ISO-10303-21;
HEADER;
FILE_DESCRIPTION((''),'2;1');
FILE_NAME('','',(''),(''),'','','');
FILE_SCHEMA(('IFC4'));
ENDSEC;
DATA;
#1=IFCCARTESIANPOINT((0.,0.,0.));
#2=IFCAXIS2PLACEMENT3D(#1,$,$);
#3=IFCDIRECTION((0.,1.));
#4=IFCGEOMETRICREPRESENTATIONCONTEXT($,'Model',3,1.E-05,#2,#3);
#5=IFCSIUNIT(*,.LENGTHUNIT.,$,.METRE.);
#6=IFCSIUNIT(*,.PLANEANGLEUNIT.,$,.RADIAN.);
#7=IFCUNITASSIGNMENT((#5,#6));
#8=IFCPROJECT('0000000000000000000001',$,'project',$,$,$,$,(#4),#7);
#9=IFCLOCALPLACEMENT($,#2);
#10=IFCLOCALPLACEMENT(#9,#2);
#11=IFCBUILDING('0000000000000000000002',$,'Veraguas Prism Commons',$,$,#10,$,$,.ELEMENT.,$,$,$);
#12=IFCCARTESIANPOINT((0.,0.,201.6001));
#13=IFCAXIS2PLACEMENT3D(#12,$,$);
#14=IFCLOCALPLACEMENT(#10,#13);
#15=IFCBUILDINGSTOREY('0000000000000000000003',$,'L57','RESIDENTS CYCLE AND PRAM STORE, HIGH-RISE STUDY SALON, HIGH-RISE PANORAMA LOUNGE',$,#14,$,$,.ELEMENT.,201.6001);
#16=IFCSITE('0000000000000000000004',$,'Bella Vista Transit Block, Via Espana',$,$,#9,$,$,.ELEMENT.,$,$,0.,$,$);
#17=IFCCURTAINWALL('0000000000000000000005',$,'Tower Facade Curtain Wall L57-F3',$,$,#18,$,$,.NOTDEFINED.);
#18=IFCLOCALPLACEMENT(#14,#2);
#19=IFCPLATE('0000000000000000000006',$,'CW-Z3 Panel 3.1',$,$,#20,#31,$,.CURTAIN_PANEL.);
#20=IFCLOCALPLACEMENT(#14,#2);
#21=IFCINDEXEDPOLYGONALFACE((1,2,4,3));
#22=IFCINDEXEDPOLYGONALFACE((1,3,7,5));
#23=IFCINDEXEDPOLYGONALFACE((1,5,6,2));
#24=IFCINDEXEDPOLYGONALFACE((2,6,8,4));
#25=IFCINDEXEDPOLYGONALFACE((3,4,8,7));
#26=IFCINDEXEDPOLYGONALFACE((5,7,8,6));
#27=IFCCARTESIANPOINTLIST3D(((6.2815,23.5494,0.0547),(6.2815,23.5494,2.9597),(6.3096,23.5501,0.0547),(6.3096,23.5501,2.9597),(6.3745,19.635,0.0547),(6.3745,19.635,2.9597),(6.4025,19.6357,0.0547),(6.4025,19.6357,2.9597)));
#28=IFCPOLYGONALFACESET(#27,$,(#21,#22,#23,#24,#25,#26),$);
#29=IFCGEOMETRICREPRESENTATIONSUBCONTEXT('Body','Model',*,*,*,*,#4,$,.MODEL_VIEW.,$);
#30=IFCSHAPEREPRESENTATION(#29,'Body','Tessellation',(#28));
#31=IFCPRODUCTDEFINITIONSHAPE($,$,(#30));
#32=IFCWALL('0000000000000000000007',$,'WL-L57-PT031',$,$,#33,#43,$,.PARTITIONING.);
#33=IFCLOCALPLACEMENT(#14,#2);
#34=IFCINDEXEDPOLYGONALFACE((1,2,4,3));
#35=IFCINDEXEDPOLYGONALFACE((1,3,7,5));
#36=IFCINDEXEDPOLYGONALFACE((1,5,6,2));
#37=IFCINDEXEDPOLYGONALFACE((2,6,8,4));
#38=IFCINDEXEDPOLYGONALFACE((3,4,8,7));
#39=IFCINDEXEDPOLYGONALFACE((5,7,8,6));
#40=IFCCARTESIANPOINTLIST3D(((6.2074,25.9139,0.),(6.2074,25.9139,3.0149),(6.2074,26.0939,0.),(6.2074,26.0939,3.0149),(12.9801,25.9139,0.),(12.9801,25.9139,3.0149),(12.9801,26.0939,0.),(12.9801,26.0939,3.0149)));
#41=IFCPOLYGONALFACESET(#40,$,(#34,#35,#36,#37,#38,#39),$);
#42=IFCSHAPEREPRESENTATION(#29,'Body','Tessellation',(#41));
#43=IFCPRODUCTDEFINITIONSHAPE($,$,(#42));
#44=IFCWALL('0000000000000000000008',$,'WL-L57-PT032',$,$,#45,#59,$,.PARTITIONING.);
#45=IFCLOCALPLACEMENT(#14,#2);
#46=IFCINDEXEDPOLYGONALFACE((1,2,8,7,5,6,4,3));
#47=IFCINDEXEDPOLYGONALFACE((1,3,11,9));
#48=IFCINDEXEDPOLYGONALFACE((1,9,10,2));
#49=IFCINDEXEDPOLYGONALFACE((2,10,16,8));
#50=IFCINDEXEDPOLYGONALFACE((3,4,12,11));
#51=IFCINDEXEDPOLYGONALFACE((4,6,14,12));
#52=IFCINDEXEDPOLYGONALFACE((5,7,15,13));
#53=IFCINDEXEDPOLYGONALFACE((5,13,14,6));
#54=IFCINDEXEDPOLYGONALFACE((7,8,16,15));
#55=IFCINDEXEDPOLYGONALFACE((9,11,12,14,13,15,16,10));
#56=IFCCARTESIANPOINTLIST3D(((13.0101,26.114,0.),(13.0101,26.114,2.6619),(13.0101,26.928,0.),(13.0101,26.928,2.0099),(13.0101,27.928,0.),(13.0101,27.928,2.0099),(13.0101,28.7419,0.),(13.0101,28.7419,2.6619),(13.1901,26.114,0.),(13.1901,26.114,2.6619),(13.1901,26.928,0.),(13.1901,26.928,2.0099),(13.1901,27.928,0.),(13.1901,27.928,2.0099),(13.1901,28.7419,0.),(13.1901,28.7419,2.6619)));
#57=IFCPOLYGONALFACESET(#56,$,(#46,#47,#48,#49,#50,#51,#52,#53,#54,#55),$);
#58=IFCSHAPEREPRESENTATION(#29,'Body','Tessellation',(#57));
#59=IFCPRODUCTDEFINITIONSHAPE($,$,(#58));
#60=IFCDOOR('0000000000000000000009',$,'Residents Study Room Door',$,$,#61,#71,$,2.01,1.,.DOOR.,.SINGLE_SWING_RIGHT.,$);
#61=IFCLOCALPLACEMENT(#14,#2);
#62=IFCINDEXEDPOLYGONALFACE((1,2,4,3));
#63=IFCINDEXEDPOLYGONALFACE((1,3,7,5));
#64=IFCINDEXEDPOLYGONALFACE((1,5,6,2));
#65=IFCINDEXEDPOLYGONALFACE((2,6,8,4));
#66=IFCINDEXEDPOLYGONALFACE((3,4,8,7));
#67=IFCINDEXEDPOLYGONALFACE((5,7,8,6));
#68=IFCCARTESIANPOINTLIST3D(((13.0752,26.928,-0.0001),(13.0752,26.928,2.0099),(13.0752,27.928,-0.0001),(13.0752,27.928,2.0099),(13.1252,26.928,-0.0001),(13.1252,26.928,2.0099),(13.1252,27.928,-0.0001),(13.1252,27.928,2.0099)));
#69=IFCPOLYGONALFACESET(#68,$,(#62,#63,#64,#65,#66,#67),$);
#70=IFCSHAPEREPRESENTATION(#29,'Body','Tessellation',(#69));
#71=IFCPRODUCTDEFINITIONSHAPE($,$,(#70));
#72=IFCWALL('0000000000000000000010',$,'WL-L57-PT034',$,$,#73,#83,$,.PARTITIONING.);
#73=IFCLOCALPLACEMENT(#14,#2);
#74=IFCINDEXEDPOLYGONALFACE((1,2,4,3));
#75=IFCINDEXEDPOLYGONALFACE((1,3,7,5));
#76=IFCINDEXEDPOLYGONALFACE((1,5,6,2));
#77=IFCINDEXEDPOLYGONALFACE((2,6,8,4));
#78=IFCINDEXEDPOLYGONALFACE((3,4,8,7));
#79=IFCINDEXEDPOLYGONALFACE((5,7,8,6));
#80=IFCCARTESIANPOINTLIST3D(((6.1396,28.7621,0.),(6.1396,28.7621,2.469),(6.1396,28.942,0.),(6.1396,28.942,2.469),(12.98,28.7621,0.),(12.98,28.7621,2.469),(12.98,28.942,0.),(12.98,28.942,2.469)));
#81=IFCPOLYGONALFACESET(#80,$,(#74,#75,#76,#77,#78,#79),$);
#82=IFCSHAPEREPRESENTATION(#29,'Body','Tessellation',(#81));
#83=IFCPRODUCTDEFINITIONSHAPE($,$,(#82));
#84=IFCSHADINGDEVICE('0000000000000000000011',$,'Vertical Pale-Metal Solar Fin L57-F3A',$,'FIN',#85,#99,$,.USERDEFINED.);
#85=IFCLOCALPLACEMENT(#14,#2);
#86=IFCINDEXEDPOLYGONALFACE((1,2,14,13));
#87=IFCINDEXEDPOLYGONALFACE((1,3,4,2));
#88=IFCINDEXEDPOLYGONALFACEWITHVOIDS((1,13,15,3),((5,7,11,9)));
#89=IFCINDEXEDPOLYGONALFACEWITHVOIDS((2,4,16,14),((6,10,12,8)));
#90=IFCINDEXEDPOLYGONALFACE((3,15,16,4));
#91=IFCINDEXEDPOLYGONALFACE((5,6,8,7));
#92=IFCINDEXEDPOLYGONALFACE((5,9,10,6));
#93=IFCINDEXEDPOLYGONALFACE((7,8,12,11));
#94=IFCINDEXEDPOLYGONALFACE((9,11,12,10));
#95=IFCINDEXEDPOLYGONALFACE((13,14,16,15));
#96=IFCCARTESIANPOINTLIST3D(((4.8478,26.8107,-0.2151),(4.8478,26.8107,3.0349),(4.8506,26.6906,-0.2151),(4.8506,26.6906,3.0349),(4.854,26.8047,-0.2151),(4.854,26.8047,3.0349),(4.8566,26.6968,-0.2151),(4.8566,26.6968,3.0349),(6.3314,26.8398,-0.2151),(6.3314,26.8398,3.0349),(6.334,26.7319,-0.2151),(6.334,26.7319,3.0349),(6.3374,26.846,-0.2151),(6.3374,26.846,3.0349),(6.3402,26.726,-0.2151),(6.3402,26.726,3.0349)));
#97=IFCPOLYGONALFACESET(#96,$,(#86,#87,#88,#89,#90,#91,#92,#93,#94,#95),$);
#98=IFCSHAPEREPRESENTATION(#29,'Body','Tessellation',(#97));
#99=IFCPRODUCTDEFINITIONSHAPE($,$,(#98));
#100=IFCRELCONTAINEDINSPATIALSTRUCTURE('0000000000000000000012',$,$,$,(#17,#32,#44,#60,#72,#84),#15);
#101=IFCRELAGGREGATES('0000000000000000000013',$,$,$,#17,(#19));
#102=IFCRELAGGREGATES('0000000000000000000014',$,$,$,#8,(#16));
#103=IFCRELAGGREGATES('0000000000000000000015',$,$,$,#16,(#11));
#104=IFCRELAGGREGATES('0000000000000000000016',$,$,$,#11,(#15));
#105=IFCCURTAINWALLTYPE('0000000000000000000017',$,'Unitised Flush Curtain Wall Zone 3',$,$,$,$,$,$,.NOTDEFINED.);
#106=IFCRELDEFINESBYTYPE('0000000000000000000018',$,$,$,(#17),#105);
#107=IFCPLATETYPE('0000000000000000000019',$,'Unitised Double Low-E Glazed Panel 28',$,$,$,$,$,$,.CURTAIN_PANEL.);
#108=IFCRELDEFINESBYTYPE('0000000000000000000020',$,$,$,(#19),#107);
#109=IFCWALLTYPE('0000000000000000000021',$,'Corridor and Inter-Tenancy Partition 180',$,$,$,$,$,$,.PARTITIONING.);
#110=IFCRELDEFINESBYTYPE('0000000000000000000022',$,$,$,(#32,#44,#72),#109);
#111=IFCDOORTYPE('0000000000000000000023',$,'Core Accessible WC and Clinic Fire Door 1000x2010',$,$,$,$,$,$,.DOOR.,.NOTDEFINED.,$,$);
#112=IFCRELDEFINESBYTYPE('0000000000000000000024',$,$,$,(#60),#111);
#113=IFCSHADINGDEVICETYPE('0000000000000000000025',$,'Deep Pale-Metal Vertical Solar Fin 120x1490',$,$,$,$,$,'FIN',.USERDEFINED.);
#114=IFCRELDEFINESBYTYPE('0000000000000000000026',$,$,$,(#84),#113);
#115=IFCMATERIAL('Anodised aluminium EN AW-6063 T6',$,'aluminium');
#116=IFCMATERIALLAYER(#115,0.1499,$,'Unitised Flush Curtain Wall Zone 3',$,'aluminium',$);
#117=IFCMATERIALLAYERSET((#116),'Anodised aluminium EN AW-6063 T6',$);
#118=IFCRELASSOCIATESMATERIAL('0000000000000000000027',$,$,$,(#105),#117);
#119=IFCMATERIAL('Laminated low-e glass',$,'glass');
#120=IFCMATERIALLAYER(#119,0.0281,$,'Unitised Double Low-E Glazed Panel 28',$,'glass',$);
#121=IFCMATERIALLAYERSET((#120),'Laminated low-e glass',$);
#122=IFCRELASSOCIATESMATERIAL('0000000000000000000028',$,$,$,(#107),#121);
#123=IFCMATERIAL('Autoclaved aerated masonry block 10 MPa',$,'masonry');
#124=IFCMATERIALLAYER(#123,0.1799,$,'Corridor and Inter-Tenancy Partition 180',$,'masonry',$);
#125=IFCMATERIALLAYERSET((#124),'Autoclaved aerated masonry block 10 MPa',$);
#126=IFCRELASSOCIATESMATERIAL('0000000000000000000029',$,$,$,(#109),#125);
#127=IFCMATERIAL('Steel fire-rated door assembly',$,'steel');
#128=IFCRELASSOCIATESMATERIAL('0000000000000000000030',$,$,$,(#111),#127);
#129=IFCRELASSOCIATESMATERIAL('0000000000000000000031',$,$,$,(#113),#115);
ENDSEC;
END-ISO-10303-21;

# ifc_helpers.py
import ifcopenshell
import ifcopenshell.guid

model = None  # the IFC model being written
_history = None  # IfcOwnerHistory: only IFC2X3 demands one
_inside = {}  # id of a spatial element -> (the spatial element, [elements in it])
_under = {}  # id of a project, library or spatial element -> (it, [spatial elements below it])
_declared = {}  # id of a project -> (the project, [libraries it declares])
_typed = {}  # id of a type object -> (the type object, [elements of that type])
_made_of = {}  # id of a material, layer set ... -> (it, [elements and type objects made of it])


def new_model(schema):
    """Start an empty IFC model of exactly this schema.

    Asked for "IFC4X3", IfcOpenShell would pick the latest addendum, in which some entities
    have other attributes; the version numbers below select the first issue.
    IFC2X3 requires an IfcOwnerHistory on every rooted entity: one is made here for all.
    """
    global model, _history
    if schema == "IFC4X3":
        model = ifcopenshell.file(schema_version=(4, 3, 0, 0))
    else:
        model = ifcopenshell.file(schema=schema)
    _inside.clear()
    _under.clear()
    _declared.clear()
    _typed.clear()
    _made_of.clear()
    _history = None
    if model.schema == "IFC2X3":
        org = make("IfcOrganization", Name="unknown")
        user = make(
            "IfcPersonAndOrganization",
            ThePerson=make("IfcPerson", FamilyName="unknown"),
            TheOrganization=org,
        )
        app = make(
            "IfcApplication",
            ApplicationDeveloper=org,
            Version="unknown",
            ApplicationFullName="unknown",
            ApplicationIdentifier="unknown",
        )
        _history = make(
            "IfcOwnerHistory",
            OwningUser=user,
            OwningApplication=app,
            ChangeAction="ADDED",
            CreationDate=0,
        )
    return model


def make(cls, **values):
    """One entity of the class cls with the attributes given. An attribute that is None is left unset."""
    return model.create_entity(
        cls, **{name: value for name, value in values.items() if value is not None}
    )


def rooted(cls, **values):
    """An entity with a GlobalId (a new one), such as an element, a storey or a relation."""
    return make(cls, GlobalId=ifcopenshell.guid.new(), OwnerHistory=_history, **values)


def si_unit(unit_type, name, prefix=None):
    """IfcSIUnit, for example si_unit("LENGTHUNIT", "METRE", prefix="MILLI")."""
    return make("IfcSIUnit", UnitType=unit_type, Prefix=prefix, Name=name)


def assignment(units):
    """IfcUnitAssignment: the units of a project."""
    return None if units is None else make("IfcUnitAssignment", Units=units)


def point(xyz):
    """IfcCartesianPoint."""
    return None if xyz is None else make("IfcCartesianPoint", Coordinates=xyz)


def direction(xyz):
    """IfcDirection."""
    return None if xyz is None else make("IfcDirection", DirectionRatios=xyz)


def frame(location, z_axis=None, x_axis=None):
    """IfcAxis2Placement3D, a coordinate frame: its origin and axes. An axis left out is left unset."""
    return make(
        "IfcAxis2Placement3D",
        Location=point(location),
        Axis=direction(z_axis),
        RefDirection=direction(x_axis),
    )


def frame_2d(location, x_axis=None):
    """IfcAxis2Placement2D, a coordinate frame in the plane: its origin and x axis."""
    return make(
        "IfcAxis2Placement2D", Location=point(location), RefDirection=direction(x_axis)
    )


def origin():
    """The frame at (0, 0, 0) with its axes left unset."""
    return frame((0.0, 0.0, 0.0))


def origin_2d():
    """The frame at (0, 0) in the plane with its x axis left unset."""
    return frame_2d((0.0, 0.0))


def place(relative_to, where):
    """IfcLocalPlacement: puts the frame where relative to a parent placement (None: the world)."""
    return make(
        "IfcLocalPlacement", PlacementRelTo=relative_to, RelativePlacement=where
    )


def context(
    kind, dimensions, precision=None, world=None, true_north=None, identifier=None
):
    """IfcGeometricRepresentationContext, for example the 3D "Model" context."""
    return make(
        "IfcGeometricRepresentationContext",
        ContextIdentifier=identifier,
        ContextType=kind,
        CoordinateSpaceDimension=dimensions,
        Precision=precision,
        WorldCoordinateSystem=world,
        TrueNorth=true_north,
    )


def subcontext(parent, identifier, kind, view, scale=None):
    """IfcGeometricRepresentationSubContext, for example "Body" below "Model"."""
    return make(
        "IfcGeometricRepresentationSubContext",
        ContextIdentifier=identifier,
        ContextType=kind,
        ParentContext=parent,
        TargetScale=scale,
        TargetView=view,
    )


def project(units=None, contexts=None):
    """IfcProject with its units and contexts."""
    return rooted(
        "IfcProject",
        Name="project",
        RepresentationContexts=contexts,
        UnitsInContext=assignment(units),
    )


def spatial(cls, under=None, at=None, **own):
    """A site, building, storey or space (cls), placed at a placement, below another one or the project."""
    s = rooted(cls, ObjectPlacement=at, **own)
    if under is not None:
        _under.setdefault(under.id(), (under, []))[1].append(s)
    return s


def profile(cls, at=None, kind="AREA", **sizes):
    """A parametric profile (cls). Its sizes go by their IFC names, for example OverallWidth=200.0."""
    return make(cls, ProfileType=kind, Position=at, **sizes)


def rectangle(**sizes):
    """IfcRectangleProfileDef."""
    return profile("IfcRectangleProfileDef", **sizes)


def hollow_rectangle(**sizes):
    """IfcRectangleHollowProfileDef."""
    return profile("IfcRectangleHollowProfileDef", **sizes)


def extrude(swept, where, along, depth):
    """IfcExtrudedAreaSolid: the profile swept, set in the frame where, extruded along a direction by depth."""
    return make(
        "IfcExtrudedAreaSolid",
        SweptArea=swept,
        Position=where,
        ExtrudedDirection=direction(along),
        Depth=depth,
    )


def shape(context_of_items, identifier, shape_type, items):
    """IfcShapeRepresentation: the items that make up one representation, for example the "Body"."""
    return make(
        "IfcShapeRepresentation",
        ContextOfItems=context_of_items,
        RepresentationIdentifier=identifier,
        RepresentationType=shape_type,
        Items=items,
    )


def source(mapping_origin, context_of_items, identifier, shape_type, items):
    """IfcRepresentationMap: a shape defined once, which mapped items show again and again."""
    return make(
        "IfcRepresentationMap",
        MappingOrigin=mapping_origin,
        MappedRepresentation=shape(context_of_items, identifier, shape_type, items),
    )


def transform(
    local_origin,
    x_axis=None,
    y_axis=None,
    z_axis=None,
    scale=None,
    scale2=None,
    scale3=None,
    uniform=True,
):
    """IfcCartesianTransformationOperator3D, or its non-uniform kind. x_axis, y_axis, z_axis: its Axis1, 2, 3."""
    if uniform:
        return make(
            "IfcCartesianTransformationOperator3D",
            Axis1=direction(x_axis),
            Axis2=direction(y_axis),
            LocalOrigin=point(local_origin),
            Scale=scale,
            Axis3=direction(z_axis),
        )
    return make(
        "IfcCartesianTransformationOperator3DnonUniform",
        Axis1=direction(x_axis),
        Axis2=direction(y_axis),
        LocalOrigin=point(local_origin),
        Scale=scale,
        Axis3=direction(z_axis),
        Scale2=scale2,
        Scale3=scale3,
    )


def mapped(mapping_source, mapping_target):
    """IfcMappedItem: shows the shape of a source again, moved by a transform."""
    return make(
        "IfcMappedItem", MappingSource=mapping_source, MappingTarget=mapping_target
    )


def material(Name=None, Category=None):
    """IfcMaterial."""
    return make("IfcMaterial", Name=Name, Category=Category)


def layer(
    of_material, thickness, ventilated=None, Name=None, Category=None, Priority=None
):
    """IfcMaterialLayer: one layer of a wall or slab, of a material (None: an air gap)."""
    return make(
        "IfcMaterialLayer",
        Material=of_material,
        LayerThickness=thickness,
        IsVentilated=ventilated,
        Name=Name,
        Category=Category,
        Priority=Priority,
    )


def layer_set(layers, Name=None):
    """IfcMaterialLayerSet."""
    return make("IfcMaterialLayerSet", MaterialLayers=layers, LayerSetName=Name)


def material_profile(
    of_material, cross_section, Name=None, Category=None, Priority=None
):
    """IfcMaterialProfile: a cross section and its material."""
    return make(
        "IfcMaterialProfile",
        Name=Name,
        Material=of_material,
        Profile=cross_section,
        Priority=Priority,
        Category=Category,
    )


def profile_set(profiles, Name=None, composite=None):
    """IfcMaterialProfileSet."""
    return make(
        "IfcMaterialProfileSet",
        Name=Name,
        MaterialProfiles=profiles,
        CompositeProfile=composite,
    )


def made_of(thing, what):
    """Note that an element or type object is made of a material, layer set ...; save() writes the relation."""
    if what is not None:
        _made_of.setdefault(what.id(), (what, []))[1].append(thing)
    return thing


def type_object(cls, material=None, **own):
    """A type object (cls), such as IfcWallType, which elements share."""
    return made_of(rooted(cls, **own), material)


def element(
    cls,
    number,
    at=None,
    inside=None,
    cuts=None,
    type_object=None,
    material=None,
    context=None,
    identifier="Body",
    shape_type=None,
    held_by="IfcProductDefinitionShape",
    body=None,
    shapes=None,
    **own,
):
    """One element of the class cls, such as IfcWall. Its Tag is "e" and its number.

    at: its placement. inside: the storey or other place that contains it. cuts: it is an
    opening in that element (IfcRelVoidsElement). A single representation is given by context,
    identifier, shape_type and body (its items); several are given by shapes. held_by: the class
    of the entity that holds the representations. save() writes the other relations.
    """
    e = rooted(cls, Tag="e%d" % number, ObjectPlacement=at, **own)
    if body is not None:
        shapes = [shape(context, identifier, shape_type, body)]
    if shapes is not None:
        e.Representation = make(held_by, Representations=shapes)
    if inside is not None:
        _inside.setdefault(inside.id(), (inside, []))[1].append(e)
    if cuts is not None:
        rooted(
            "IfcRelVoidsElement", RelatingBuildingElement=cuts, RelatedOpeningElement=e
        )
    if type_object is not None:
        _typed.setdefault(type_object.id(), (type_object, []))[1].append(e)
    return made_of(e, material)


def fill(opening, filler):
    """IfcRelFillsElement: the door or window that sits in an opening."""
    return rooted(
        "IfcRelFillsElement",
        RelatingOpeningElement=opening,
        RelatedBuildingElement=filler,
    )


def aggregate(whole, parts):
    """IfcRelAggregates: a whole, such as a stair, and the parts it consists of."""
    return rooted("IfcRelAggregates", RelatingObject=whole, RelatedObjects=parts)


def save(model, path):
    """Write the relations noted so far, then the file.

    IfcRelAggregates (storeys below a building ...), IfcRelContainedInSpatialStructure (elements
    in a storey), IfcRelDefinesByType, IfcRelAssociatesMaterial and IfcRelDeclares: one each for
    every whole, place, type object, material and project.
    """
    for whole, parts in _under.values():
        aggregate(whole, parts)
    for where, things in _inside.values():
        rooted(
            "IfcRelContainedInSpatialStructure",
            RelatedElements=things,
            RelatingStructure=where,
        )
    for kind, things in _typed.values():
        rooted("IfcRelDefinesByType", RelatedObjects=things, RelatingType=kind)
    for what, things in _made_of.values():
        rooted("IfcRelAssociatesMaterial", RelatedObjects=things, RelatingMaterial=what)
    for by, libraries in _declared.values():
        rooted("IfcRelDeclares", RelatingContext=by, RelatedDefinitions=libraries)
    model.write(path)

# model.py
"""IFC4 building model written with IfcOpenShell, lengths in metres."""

from ifc_helpers import new_model, si_unit, direction, frame, frame_2d, origin, origin_2d, place, context, subcontext, project, spatial, rectangle, hollow_rectangle, extrude, source, transform, mapped, material, layer, layer_set, material_profile, profile_set, type_object, element, fill, aggregate, save


model = new_model("IFC4")

# Units and contexts
model_context = context("Model", 3, precision=1e-05, world=origin(), true_north=direction((0.0, 1.0)))
body_context = subcontext(model_context, "Body", "Model", "MODEL_VIEW")
ifc_project = project(units=[si_unit("LENGTHUNIT", "METRE"), si_unit("PLANEANGLEUNIT", "RADIAN")], contexts=[model_context])

# Site, building, storey
site_placement = place(None, origin())
site = spatial("IfcSite", under=ifc_project, at=site_placement, Name="Bella Vista Transit Block, Via Espana", CompositionType="ELEMENT", RefElevation=0.0)
building_placement = place(site_placement, origin())
building = spatial("IfcBuilding", under=site, at=building_placement, Name="Veraguas Prism Commons", CompositionType="ELEMENT")
storey_placement = place(building_placement, frame((0.0, 0.0, 201.6001)))
storey = spatial("IfcBuildingStorey", under=building, at=storey_placement, Name="L57", Description="RESIDENTS CYCLE AND PRAM STORE, HIGH-RISE STUDY SALON, HIGH-RISE PANORAMA LOUNGE", CompositionType="ELEMENT", Elevation=201.6001)

# Curtain wall, plate
ifc_material_1 = material(Name="Anodised aluminium EN AW-6063 T6", Category="aluminium")
ifc_layer_1 = layer(ifc_material_1, 0.1499, Name="Unitised Flush Curtain Wall Zone 3", Category="aluminium")
ifc_layer_set_1 = layer_set([ifc_layer_1], Name="Anodised aluminium EN AW-6063 T6")
curtain_wall_type = type_object("IfcCurtainWallType", Name="Unitised Flush Curtain Wall Zone 3", PredefinedType="NOTDEFINED", material=ifc_layer_set_1)
curtain_wall_placement = place(storey_placement, origin())
curtain_wall = element("IfcCurtainWall", 1, at=curtain_wall_placement, inside=storey, type_object=curtain_wall_type, Name="Tower Facade Curtain Wall L57-F3", PredefinedType="NOTDEFINED")
ifc_material_2 = material(Name="Laminated low-e glass", Category="glass")
ifc_layer_2 = layer(ifc_material_2, 0.0281, Name="Unitised Double Low-E Glazed Panel 28", Category="glass")
ifc_layer_set_2 = layer_set([ifc_layer_2], Name="Laminated low-e glass")
plate_type = type_object("IfcPlateType", Name="Unitised Double Low-E Glazed Panel 28", PredefinedType="CURTAIN_PANEL", material=ifc_layer_set_2)
shared_shape_1 = source(origin(), body_context, "Body", "SweptSolid", [
    extrude(rectangle(XDim=3.9155, YDim=0.0281, at=origin_2d()), origin(), (0.0, 0.0, 1.0), 2.905),
])
plate_1_placement = place(storey_placement, frame((6.342, 21.5925, 0.0547), z_axis=(0.0, 0.0, 1.0), x_axis=(0.023738, -0.999718, 0.0)))
plate_1 = element("IfcPlate", 2, at=plate_1_placement, type_object=plate_type, Name="CW-Z3 Panel 3.1", PredefinedType="CURTAIN_PANEL", context=body_context, shape_type="MappedRepresentation", body=[
    mapped(shared_shape_1, transform((0.0, 0.0, 0.0), scale=1.0)),
])
aggregate(curtain_wall, [plate_1])

# Wall
ifc_material_3 = material(Name="Autoclaved aerated masonry block 10 MPa", Category="masonry")
ifc_layer_3 = layer(ifc_material_3, 0.1799, Name="Corridor and Inter-Tenancy Partition 180", Category="masonry")
ifc_layer_set_3 = layer_set([ifc_layer_3], Name="Autoclaved aerated masonry block 10 MPa")
wall_type = type_object("IfcWallType", Name="Corridor and Inter-Tenancy Partition 180", PredefinedType="PARTITIONING", material=ifc_layer_set_3)
wall_1_placement = place(storey_placement, frame((12.98, 26.0039, 0.0), z_axis=(0.0, 0.0, 1.0), x_axis=(-1.0, 0.0, 0.0)))
element("IfcWall", 3, at=wall_1_placement, inside=storey, type_object=wall_type, Name="WL-L57-PT031", PredefinedType="PARTITIONING", context=body_context, shape_type="SweptSolid", body=[
    extrude(rectangle(XDim=6.7727, YDim=0.1799, at=frame_2d((3.3862, 0.0))), origin(), (0.0, 0.0, 1.0), 3.0149),
])

# Wall, opening, door
wall_2_placement = place(storey_placement, frame((13.1001, 26.114, 0.0), z_axis=(0.0, 0.0, 1.0), x_axis=(0.0, 1.0, 0.0)))
wall_2 = element("IfcWall", 4, at=wall_2_placement, inside=storey, type_object=wall_type, Name="WL-L57-PT032", PredefinedType="PARTITIONING", context=body_context, shape_type="SweptSolid", body=[
    extrude(rectangle(XDim=2.6279, YDim=0.1799, at=frame_2d((1.314, 0.0))), origin(), (0.0, 0.0, 1.0), 2.6619),
])
opening_placement = place(wall_2_placement, frame((0.814, 0.0, 0.0)))
opening = element("IfcOpeningElement", 5, at=opening_placement, cuts=wall_2, PredefinedType="OPENING", context=body_context, shape_type="SweptSolid", body=[
    extrude(rectangle(XDim=1.0, YDim=2.01, at=frame_2d((0.5, 1.0049))), frame((0.0, 0.0999, 0.0), z_axis=(0.0, -1.0, 0.0), x_axis=(1.0, 0.0, 0.0)), (0.0, 0.0, 1.0), 0.2),
])
ifc_material_4 = material(Name="Steel fire-rated door assembly", Category="steel")
door_type = type_object("IfcDoorType", Name="Core Accessible WC and Clinic Fire Door 1000x2010", OperationType="NOTDEFINED", PredefinedType="DOOR", material=ifc_material_4)
shared_shape_2 = source(origin(), body_context, "Body", "SweptSolid", [
    extrude(rectangle(XDim=1.0, YDim=2.01, at=frame_2d((0.5, 1.0049))), frame((0.0, 0.0249, 0.0), z_axis=(0.0, -1.0, 0.0), x_axis=(1.0, 0.0, 0.0)), (0.0, 0.0, 1.0), 0.05),
])
door_placement = place(opening_placement, origin())
door = element("IfcDoor", 6, at=door_placement, inside=storey, type_object=door_type, Name="Residents Study Room Door", OperationType="SINGLE_SWING_RIGHT", OverallHeight=2.01, OverallWidth=1.0, PredefinedType="DOOR", context=body_context, shape_type="MappedRepresentation", body=[
    mapped(shared_shape_2, transform((0.0, 0.0, 0.0), scale=1.0)),
])
fill(opening, door)

# Wall
wall_3_placement = place(storey_placement, frame((12.98, 28.8521, 0.0), z_axis=(0.0, 0.0, 1.0), x_axis=(-1.0, 0.0, 0.0)))
element("IfcWall", 7, at=wall_3_placement, inside=storey, type_object=wall_type, Name="WL-L57-PT034", PredefinedType="PARTITIONING", context=body_context, shape_type="SweptSolid", body=[
    extrude(rectangle(XDim=6.8403, YDim=0.1799, at=frame_2d((3.4202, 0.0))), origin(), (0.0, 0.0, 1.0), 2.469),
])

# Shading device
ifc_material_profile_1 = material_profile(ifc_material_1, hollow_rectangle(XDim=0.1201, YDim=1.49, WallThickness=0.0061, at=origin_2d()), Name="FIN120X1490X6")
ifc_profile_set_1 = profile_set([ifc_material_profile_1], Name="Anodised aluminium EN AW-6063 T6")
shading_device_type = type_object("IfcShadingDeviceType", Name="Deep Pale-Metal Vertical Solar Fin 120x1490", ElementType="FIN", PredefinedType="USERDEFINED", material=ifc_profile_set_1)
shading_device_placement = place(storey_placement, frame((5.594, 26.7683, -0.2151), z_axis=(0.0, 0.0, 1.0), x_axis=(0.023736, -0.999718, 0.0)))
element("IfcShadingDevice", 8, at=shading_device_placement, inside=storey, type_object=shading_device_type, Name="Vertical Pale-Metal Solar Fin L57-F3A", ObjectType="FIN", PredefinedType="USERDEFINED", context=body_context, shape_type="SweptSolid", body=[
    extrude(hollow_rectangle(XDim=0.1201, YDim=1.49, WallThickness=0.0061, at=origin_2d()), origin(), (0.0, 0.0, 1.0), 3.25),
])

save(model, "model.ifc")
